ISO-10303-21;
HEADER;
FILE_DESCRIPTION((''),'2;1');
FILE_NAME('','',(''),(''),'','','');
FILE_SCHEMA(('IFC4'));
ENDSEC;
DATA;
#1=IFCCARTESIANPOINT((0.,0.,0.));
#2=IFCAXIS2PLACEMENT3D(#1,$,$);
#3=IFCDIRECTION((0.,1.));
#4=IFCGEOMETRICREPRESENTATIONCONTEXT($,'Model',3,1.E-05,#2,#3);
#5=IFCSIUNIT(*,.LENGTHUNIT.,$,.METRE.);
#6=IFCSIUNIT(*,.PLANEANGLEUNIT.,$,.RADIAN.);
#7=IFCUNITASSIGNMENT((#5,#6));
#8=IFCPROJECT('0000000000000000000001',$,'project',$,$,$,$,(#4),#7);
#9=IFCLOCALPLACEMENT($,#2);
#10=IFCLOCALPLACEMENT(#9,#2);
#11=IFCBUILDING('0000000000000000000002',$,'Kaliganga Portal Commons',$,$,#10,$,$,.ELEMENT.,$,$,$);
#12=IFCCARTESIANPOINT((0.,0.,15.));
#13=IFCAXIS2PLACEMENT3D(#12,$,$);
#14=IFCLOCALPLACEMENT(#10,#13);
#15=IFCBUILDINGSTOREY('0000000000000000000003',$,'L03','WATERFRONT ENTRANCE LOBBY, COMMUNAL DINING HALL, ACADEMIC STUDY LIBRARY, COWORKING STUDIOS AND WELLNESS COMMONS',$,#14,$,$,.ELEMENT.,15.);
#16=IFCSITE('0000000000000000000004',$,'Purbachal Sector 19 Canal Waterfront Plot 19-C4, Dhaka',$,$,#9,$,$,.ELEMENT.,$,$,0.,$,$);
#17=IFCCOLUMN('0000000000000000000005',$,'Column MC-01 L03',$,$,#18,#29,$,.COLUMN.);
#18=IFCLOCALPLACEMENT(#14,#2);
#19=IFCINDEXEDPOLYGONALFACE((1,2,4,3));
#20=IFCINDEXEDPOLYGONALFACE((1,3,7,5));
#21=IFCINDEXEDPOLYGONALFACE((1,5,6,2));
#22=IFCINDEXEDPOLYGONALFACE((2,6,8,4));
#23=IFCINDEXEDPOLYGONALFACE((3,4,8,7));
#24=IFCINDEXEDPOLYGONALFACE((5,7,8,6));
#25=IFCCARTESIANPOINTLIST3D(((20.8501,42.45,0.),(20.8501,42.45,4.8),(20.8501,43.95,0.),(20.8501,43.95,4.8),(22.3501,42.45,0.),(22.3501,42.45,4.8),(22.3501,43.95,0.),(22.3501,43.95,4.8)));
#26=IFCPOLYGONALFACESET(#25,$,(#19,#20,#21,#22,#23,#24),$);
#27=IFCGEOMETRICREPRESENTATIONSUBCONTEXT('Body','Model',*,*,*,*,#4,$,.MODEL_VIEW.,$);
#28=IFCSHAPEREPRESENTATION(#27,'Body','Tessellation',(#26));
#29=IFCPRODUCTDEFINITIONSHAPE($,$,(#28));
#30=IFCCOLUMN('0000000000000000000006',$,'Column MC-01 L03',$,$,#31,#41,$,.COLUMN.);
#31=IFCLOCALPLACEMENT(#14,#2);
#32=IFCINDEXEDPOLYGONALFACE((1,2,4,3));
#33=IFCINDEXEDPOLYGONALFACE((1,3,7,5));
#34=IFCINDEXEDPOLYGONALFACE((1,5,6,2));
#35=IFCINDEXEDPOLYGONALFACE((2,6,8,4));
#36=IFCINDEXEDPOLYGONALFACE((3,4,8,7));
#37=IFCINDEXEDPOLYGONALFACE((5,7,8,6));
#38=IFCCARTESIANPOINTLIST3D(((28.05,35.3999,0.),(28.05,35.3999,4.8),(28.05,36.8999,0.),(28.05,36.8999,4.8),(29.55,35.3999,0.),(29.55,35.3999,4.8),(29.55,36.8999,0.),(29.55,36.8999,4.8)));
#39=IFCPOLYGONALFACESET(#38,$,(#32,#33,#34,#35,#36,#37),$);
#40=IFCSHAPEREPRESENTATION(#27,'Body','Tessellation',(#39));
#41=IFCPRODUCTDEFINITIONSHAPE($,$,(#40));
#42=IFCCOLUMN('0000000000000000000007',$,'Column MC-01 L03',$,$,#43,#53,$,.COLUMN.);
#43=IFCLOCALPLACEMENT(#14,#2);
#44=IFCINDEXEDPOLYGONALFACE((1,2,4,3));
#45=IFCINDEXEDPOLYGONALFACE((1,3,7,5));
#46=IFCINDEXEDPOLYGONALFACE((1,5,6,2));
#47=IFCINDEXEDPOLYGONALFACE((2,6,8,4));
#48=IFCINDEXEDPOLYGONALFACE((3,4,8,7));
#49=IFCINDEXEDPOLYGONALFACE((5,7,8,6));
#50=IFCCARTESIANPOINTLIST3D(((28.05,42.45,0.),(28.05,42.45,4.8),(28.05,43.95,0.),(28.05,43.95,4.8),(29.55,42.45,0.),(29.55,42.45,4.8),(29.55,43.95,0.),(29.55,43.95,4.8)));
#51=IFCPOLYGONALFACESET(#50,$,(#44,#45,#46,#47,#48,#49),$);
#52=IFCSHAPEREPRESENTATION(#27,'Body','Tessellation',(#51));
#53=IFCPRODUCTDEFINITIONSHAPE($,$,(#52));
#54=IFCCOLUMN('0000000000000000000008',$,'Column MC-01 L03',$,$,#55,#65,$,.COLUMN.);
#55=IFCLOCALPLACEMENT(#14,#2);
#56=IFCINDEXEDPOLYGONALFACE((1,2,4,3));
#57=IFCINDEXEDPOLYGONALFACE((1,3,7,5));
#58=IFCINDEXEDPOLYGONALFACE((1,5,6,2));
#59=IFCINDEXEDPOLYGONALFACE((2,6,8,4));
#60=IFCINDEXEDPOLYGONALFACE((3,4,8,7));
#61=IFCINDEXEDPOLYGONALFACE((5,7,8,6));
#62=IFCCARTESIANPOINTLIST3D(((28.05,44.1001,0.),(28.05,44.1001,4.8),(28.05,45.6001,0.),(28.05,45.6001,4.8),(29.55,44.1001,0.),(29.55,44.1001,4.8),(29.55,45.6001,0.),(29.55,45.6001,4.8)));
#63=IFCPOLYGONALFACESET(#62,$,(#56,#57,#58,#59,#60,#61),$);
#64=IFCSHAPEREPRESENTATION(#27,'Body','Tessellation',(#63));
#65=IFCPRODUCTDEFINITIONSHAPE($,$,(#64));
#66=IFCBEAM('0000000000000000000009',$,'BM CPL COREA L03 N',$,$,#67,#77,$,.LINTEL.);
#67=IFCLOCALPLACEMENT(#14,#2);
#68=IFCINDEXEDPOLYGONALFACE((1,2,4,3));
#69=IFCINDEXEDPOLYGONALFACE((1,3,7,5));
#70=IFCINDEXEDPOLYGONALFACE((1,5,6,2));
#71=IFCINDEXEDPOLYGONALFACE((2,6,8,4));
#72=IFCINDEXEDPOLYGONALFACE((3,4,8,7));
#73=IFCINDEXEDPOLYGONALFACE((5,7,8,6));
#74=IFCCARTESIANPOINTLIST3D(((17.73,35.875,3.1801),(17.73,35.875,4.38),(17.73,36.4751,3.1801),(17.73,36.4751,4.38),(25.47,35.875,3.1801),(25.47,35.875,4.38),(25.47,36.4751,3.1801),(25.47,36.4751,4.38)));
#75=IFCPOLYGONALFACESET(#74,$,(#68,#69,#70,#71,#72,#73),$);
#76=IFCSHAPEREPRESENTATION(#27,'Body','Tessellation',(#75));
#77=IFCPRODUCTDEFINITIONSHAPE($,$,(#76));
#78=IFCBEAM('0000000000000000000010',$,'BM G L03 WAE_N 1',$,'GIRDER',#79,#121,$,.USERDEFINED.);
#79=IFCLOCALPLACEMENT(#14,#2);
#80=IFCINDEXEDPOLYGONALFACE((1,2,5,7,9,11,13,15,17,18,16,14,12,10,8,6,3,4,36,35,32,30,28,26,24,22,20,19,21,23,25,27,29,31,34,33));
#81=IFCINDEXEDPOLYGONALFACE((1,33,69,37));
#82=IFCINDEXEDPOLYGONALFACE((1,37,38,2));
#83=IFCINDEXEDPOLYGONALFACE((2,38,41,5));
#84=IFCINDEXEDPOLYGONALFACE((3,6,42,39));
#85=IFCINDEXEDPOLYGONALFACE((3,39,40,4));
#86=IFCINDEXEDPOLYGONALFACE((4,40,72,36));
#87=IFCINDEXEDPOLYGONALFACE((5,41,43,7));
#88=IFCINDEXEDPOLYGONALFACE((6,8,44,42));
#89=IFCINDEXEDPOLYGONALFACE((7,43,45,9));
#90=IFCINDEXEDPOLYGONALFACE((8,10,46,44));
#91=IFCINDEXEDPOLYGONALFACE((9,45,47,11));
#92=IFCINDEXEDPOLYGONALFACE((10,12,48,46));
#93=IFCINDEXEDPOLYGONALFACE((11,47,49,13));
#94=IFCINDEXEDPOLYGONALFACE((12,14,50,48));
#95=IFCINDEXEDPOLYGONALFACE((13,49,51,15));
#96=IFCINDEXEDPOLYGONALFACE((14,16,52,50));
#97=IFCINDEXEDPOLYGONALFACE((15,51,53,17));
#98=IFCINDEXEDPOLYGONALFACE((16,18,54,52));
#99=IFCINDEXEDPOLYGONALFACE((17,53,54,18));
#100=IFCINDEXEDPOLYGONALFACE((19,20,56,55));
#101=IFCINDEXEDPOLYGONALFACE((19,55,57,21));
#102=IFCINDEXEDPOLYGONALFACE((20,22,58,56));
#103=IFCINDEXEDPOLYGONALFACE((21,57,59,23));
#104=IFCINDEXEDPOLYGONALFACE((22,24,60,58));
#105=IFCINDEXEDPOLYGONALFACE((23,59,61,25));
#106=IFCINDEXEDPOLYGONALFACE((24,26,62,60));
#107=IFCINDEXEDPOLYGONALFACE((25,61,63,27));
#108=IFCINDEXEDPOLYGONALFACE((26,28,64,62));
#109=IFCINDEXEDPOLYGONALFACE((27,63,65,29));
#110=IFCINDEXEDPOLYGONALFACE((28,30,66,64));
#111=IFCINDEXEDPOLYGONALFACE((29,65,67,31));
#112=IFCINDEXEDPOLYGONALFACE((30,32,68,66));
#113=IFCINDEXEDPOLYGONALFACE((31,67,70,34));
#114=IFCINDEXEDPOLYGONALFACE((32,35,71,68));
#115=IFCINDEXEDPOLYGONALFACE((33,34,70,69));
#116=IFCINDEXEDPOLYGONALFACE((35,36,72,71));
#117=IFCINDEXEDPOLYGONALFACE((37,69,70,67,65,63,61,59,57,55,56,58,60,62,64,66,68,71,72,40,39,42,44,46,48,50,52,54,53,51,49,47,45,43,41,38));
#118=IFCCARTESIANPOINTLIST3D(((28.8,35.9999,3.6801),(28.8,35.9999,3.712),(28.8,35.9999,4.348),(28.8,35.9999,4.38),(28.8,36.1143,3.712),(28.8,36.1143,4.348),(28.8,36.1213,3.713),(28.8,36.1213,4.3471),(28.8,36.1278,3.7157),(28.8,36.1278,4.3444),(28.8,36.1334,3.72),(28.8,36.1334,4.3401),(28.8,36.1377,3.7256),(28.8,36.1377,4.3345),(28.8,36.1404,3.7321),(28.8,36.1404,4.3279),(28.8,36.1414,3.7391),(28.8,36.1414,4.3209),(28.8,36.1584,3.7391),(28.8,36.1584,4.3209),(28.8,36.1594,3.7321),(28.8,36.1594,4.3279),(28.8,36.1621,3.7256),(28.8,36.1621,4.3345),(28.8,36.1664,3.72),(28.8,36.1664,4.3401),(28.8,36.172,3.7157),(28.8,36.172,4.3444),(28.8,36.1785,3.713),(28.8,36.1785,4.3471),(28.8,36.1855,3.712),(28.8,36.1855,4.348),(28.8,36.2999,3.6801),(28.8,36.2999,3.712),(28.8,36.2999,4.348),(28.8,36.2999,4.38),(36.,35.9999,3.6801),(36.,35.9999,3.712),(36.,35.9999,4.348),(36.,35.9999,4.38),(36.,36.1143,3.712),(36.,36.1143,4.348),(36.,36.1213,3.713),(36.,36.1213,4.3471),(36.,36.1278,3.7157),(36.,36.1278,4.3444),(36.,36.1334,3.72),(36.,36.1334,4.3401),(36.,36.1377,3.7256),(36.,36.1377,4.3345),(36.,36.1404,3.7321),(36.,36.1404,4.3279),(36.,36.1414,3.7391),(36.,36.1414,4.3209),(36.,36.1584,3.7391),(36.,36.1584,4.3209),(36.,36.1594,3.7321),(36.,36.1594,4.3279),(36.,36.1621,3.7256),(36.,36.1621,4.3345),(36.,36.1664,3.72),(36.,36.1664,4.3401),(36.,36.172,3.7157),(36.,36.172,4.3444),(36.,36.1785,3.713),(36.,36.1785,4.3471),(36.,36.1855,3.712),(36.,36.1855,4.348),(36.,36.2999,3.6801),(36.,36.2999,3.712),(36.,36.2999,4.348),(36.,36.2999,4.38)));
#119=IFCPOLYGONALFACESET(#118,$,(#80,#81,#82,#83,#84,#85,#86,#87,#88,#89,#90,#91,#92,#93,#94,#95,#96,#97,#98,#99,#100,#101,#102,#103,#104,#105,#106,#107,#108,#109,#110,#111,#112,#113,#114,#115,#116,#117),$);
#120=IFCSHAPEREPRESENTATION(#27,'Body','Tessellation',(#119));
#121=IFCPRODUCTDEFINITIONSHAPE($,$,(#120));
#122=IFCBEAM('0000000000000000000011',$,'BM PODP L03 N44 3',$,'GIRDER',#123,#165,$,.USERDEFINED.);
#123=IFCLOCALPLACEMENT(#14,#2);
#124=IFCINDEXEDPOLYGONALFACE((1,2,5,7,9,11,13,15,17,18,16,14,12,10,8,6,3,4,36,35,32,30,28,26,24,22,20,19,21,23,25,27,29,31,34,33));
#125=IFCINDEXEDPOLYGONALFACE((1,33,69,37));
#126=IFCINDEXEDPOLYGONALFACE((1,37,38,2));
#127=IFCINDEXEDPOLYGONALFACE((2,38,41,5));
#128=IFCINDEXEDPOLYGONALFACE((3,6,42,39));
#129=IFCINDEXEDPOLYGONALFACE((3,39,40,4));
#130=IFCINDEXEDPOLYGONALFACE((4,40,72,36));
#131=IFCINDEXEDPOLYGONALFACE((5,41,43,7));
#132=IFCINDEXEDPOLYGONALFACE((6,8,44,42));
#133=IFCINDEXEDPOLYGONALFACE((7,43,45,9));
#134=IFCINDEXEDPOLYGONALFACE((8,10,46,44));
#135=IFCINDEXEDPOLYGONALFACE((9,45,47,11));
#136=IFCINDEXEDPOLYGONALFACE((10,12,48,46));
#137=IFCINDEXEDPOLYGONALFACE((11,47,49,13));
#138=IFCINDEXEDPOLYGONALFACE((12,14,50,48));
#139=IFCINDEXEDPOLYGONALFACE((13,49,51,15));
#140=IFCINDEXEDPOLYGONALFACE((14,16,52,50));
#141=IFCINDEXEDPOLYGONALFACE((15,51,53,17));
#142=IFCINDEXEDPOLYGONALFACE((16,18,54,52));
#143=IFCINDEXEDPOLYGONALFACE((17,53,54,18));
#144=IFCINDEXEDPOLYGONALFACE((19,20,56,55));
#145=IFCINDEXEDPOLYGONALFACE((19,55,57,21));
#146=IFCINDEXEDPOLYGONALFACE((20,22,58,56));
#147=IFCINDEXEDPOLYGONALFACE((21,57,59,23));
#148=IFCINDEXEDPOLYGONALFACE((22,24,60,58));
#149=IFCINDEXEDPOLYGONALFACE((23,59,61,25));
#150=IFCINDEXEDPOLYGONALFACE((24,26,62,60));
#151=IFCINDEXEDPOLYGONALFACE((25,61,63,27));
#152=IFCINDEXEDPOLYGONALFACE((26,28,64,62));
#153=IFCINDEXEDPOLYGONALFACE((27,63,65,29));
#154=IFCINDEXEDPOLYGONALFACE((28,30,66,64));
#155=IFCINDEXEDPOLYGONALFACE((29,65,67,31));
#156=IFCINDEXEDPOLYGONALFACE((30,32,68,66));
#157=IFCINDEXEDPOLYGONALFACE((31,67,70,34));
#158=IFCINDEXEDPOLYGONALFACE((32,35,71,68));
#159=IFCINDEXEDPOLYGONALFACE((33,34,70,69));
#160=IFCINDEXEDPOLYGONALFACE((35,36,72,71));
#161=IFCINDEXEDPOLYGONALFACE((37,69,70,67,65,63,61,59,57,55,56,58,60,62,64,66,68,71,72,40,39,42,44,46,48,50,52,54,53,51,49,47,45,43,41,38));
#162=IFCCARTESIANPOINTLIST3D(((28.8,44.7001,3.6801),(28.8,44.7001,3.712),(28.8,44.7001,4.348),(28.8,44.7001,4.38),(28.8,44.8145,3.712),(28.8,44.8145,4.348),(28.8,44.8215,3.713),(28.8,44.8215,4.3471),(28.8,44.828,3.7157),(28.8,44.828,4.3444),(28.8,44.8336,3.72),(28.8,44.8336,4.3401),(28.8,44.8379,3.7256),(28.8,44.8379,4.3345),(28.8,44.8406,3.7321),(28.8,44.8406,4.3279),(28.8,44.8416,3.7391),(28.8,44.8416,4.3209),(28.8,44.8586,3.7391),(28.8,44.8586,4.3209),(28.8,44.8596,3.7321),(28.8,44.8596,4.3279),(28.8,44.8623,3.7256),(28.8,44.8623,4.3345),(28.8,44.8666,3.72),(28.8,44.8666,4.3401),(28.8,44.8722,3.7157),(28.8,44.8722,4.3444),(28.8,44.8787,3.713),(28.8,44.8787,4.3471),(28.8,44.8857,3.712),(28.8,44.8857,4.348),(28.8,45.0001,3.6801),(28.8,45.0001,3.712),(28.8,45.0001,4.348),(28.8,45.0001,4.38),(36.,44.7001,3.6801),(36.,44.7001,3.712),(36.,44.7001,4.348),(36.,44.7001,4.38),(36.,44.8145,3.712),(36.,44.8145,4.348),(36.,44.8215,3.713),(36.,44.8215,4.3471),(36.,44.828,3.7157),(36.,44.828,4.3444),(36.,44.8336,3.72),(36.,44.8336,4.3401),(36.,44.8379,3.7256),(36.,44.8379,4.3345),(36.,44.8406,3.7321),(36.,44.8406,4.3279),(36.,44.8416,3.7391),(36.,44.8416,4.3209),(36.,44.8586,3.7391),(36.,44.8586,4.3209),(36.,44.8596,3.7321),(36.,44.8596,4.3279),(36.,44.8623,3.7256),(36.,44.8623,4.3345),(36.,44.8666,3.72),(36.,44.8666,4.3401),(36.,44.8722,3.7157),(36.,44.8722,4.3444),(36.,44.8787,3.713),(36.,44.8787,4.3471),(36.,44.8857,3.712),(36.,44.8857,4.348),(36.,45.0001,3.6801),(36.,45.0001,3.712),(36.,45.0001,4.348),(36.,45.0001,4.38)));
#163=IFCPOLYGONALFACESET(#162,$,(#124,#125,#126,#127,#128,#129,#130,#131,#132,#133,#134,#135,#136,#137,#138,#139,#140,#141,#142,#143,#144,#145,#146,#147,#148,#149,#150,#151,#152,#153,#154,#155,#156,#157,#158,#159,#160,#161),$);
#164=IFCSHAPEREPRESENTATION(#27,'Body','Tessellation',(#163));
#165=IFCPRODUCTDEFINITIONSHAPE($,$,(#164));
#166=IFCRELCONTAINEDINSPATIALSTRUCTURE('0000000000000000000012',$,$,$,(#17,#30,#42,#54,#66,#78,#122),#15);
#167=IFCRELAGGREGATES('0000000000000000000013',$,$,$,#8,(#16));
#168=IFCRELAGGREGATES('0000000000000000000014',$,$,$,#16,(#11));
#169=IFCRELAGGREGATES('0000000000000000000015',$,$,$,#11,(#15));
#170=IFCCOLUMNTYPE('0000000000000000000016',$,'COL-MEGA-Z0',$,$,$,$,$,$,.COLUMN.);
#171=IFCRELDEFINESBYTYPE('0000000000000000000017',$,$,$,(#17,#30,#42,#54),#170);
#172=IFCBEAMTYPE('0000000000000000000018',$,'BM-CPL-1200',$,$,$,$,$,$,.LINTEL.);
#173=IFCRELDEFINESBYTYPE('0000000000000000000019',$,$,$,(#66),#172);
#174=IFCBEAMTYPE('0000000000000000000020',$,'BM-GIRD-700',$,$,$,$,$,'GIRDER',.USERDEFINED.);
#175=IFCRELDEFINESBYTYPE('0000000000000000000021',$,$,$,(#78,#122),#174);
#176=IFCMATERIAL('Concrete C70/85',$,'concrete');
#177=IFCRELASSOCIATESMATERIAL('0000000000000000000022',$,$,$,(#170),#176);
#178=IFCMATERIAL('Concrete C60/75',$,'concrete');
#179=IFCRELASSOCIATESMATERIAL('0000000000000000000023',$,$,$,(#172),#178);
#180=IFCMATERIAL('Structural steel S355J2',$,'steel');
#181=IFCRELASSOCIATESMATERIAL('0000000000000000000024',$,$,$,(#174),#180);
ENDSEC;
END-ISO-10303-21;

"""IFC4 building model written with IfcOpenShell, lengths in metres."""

from ifc_helpers import new_model, si_unit, direction, frame, origin, origin_2d, place, context, subcontext, project, spatial, rectangle, i_section, extrude, source, transform, mapped, material, material_profile, profile_set, type_object, element, save


model = new_model("IFC4")

# Units and contexts
model_context = context("Model", 3, precision=1e-05, world=origin(), true_north=direction((0.0, 1.0)))
body_context = subcontext(model_context, "Body", "Model", "MODEL_VIEW")
ifc_project = project(units=[si_unit("LENGTHUNIT", "METRE"), si_unit("PLANEANGLEUNIT", "RADIAN")], contexts=[model_context])

# Site, building, storey
site_placement = place(None, origin())
site = spatial("IfcSite", under=ifc_project, at=site_placement, Name="Purbachal Sector 19 Canal Waterfront Plot 19-C4, Dhaka", CompositionType="ELEMENT", RefElevation=0.0)
building_placement = place(site_placement, origin())
building = spatial("IfcBuilding", under=site, at=building_placement, Name="Kaliganga Portal Commons", CompositionType="ELEMENT")
storey_placement = place(building_placement, frame((0.0, 0.0, 15.0)))
storey = spatial("IfcBuildingStorey", under=building, at=storey_placement, Name="L03", Description="WATERFRONT ENTRANCE LOBBY, COMMUNAL DINING HALL, ACADEMIC STUDY LIBRARY, COWORKING STUDIOS AND WELLNESS COMMONS", CompositionType="ELEMENT", Elevation=15.0)

# Columns
ifc_material_1 = material(Name="Concrete C70/85", Category="concrete")
ifc_material_profile_1 = material_profile(ifc_material_1, rectangle(XDim=1.5, YDim=1.5, at=origin_2d()), Name="RC 1500x1500")
ifc_profile_set_1 = profile_set([ifc_material_profile_1], Name="Concrete C70/85")
column_type = type_object("IfcColumnType", Name="COL-MEGA-Z0", PredefinedType="COLUMN", material=ifc_profile_set_1)
shared_shape_1 = source(origin(), body_context, "Body", "SweptSolid", [
    extrude(rectangle(XDim=1.5, YDim=1.5, at=origin_2d()), origin(), (0.0, 0.0, 1.0), 4.8),
])
for number, where, z_axis, x_axis, name in (
    (1, (21.6001, 43.2, 0.0), (0.0, 0.0, 1.0), (1.0, 0.0, 0.0), "Column MC-01 L03"),
    (2, (28.8, 36.1499, 0.0), (0.0, 0.0, 1.0), (1.0, 0.0, 0.0), "Column MC-01 L03"),
    (3, (28.8, 43.2, 0.0), (0.0, 0.0, 1.0), (1.0, 0.0, 0.0), "Column MC-01 L03"),
    (4, (28.8, 44.8501, 0.0), (0.0, 0.0, 1.0), (1.0, 0.0, 0.0), "Column MC-01 L03"),
):
    element("IfcColumn", number, at=place(storey_placement, frame(where, z_axis=z_axis, x_axis=x_axis)), inside=storey, type_object=column_type, Name=name, PredefinedType="COLUMN", context=body_context, shape_type="MappedRepresentation", body=[
        mapped(shared_shape_1, transform((0.0, 0.0, 0.0), x_axis=(1.0, 0.0, 0.0), y_axis=(0.0, 1.0, 0.0), z_axis=(0.0, 0.0, 1.0), scale=1.0)),
    ])

# Beams
ifc_material_2 = material(Name="Concrete C60/75", Category="concrete")
ifc_material_profile_2 = material_profile(ifc_material_2, rectangle(XDim=0.6001, YDim=1.2, at=origin_2d()), Name="RC 600x1200")
ifc_profile_set_2 = profile_set([ifc_material_profile_2], Name="Concrete C60/75")
beam_type_1 = type_object("IfcBeamType", Name="BM-CPL-1200", PredefinedType="LINTEL", material=ifc_profile_set_2)
shared_shape_2 = source(origin(), body_context, "Body", "SweptSolid", [
    extrude(rectangle(XDim=0.6001, YDim=1.2, at=origin_2d()), origin(), (0.0, 0.0, 1.0), 7.74),
])
beam_1_placement = place(storey_placement, frame((17.73, 36.175, 3.78), z_axis=(1.0, 0.0, 0.0), x_axis=(0.0, 1.0, 0.0)))
element("IfcBeam", 5, at=beam_1_placement, inside=storey, type_object=beam_type_1, Name="BM CPL COREA L03 N", PredefinedType="LINTEL", context=body_context, shape_type="MappedRepresentation", body=[
    mapped(shared_shape_2, transform((0.0, 0.0, 0.0), x_axis=(1.0, 0.0, 0.0), y_axis=(0.0, 1.0, 0.0), z_axis=(0.0, 0.0, 1.0), scale=1.0)),
])
ifc_material_3 = material(Name="Structural steel S355J2", Category="steel")
ifc_material_profile_3 = material_profile(ifc_material_3, i_section(OverallWidth=0.3, OverallDepth=0.7, WebThickness=0.0171, FlangeThickness=0.032, FilletRadius=0.0271, at=origin_2d()), Name="HE 700 B")
ifc_profile_set_3 = profile_set([ifc_material_profile_3], Name="Structural steel S355J2 wide-flange")
beam_type_2 = type_object("IfcBeamType", Name="BM-GIRD-700", ElementType="GIRDER", PredefinedType="USERDEFINED", material=ifc_profile_set_3)
shared_shape_3 = source(origin(), body_context, "Body", "SweptSolid", [
    extrude(i_section(OverallWidth=0.3, OverallDepth=0.7, WebThickness=0.0171, FlangeThickness=0.032, FilletRadius=0.0271, at=origin_2d()), origin(), (0.0, 0.0, 1.0), 7.2),
])
for number, where, z_axis, x_axis, name in (
    (6, (28.8, 36.1499, 4.03), (1.0, 0.0, 0.0), (0.0, 1.0, 0.0), "BM G L03 WAE_N 1"),
    (7, (28.8, 44.8501, 4.03), (1.0, 0.0, 0.0), (0.0, 1.0, 0.0), "BM PODP L03 N44 3"),
):
    element("IfcBeam", number, at=place(storey_placement, frame(where, z_axis=z_axis, x_axis=x_axis)), inside=storey, type_object=beam_type_2, Name=name, ObjectType="GIRDER", PredefinedType="USERDEFINED", context=body_context, shape_type="MappedRepresentation", body=[
        mapped(shared_shape_3, transform((0.0, 0.0, 0.0), x_axis=(1.0, 0.0, 0.0), y_axis=(0.0, 1.0, 0.0), z_axis=(0.0, 0.0, 1.0), scale=1.0)),
    ])

save(model, "model.ifc")
